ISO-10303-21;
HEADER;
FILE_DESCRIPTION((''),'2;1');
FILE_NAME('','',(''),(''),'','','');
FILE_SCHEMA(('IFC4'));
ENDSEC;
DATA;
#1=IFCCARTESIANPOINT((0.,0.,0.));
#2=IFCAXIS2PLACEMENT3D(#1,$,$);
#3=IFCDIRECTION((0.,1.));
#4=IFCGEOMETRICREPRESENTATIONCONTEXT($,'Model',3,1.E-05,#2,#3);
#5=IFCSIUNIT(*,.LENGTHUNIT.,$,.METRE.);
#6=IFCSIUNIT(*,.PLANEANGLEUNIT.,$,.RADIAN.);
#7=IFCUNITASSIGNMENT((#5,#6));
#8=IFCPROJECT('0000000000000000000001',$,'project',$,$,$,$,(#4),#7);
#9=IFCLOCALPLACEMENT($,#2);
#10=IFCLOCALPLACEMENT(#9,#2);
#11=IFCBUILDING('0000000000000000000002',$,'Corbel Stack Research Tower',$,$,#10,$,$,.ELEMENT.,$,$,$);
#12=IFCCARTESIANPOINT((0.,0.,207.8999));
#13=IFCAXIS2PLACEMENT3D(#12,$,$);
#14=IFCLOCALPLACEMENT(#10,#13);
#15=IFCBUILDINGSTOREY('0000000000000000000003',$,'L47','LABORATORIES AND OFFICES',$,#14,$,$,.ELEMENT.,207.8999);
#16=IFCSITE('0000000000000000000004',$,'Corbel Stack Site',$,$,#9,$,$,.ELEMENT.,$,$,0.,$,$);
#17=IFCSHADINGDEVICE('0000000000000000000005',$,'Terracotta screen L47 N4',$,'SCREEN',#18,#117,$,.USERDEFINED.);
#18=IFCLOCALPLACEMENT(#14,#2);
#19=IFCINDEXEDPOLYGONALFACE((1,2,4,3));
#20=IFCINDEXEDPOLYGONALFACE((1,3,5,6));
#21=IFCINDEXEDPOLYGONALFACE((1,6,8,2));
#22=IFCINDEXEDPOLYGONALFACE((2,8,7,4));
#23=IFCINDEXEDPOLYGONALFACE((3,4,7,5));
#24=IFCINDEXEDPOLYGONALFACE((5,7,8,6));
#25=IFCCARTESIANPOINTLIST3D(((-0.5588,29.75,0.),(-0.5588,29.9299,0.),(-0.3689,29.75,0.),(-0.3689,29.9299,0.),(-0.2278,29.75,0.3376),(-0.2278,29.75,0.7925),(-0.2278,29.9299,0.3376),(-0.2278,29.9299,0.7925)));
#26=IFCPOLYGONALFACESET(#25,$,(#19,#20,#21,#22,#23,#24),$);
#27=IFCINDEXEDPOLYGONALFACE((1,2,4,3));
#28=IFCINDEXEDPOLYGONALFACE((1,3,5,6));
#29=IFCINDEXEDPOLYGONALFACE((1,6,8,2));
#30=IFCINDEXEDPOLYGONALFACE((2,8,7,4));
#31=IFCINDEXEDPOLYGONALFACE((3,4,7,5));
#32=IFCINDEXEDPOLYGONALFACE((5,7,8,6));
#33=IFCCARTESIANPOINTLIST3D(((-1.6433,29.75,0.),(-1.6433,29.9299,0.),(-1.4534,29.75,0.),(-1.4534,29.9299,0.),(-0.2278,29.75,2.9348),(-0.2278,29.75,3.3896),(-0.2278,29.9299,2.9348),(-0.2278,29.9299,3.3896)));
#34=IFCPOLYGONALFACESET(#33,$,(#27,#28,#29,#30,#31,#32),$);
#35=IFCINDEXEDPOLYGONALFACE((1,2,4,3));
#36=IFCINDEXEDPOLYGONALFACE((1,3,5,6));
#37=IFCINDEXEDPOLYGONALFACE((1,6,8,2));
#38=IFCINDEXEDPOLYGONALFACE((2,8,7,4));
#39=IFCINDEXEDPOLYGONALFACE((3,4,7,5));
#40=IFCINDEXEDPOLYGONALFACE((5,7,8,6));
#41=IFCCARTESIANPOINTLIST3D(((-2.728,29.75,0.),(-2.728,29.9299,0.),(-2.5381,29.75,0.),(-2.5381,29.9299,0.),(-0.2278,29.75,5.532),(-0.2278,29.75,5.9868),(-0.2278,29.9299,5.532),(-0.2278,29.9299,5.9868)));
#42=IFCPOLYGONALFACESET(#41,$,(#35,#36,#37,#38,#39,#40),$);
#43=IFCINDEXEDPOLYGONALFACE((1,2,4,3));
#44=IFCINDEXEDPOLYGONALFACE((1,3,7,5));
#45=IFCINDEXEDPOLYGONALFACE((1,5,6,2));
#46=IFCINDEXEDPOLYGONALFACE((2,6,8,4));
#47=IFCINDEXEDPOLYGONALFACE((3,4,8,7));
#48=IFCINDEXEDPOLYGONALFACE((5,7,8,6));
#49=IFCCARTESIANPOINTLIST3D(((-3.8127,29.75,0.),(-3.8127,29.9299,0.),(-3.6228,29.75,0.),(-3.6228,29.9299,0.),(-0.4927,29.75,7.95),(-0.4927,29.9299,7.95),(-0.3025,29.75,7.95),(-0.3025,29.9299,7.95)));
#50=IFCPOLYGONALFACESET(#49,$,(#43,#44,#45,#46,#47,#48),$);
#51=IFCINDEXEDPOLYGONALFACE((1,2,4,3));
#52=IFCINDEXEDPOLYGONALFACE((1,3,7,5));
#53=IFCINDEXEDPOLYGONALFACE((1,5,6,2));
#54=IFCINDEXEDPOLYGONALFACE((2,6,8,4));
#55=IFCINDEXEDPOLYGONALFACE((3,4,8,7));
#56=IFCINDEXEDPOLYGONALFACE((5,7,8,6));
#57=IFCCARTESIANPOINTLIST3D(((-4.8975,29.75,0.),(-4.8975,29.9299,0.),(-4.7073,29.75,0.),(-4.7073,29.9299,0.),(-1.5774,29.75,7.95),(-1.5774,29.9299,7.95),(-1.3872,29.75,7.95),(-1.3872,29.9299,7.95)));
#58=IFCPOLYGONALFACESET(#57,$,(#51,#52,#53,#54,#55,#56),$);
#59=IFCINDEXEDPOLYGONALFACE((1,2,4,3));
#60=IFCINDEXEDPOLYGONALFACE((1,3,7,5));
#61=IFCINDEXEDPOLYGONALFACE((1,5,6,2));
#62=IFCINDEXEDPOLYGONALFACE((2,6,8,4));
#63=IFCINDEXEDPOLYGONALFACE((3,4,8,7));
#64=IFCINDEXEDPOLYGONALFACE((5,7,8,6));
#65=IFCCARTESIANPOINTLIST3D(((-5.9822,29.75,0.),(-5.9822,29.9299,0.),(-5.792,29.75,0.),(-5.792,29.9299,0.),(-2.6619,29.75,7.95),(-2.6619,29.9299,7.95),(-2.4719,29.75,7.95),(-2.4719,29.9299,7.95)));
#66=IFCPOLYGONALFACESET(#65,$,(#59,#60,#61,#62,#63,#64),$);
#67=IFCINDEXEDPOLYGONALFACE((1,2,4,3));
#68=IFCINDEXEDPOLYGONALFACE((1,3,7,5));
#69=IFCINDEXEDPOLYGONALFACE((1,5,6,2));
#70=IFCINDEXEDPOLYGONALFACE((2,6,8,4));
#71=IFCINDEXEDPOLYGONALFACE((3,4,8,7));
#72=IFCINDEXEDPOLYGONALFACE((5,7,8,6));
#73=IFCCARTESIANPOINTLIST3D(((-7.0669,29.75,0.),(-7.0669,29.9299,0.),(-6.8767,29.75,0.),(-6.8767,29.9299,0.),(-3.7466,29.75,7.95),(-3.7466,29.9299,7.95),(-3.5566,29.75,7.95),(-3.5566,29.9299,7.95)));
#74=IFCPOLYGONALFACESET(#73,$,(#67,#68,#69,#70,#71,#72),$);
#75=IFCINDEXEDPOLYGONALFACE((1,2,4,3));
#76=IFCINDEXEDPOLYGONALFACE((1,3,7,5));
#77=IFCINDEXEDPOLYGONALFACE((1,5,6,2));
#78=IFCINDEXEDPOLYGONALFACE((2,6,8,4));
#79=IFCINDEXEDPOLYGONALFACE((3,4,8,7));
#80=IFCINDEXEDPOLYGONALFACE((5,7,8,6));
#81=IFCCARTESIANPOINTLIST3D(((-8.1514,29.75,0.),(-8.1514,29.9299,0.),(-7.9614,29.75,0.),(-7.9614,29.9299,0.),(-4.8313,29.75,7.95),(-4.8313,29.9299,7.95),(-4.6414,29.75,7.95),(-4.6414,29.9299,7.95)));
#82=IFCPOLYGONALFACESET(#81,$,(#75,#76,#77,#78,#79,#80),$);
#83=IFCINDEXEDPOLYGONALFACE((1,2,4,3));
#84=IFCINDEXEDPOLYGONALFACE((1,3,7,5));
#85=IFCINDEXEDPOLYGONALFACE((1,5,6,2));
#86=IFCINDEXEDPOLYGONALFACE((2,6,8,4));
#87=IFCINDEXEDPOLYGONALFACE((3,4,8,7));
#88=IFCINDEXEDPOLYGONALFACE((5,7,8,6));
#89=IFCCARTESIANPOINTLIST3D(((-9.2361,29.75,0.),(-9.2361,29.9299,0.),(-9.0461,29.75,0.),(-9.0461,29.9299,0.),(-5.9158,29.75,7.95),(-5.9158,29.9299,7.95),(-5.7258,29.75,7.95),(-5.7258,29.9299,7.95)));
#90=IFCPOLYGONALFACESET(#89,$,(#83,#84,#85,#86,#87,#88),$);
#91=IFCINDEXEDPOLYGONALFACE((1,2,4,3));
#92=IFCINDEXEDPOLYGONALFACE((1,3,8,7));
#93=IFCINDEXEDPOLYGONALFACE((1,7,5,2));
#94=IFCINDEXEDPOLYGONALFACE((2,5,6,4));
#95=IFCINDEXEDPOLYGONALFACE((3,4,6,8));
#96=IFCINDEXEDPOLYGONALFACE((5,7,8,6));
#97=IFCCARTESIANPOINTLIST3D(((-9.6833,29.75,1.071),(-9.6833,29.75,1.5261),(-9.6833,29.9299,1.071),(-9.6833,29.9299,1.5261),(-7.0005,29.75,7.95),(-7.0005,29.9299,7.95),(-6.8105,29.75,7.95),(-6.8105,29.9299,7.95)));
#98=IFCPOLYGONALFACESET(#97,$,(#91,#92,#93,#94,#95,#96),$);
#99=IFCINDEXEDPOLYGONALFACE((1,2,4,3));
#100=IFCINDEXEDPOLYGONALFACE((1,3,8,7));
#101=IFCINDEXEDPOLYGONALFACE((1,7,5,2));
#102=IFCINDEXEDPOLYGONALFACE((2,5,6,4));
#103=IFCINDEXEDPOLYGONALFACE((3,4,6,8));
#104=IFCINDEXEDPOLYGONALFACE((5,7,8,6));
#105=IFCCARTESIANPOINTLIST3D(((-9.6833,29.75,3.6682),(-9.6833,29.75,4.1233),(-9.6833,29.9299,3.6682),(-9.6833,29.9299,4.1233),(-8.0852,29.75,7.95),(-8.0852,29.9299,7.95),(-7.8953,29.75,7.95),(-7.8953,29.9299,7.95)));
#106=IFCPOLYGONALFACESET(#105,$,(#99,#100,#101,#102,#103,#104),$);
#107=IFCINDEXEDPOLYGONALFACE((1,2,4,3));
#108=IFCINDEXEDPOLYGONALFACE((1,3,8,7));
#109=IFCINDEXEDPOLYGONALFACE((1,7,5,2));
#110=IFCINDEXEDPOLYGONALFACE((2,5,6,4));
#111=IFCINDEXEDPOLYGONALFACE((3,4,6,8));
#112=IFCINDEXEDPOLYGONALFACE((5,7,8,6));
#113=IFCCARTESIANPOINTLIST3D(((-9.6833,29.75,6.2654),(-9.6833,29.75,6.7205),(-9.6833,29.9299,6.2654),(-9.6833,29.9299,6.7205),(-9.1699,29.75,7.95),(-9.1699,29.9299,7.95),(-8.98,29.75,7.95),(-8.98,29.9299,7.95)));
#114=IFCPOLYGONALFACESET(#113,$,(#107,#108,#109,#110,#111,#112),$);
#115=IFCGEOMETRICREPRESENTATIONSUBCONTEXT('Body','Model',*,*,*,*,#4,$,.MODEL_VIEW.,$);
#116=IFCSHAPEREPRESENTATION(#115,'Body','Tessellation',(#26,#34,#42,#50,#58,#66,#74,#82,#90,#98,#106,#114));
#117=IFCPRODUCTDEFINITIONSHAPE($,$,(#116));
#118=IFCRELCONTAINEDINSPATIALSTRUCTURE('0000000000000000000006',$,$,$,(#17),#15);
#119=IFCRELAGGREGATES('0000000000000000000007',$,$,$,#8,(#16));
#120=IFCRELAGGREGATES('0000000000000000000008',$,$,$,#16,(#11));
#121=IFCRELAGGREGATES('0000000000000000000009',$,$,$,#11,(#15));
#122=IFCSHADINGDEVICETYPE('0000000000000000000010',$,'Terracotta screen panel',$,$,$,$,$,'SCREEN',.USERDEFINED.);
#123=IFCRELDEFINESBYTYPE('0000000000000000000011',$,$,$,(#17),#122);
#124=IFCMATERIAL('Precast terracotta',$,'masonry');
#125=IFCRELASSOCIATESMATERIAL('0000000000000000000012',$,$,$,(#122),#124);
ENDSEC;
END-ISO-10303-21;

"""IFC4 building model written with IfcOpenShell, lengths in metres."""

from ifc_helpers import new_model, si_unit, direction, frame, origin, place, context, subcontext, project, spatial, polyline, outline, extrude, source, transform, mapped, material, type_object, element, save


model = new_model("IFC4")

# Units and contexts
model_context = context("Model", 3, precision=1e-05, world=origin(), true_north=direction((0.0, 1.0)))
body_context = subcontext(model_context, "Body", "Model", "MODEL_VIEW")
ifc_project = project(units=[si_unit("LENGTHUNIT", "METRE"), si_unit("PLANEANGLEUNIT", "RADIAN")], contexts=[model_context])

# Site, building, storey
site_placement = place(None, origin())
site = spatial("IfcSite", under=ifc_project, at=site_placement, Name="Corbel Stack Site", CompositionType="ELEMENT", RefElevation=0.0)
building_placement = place(site_placement, origin())
building = spatial("IfcBuilding", under=site, at=building_placement, Name="Corbel Stack Research Tower", CompositionType="ELEMENT")
storey_placement = place(building_placement, frame((0.0, 0.0, 207.8999)))
storey = spatial("IfcBuildingStorey", under=building, at=storey_placement, Name="L47", Description="LABORATORIES AND OFFICES", CompositionType="ELEMENT", Elevation=207.8999)

# Shading device
ifc_material_1 = material(Name="Precast terracotta", Category="masonry")
shading_device_type = type_object("IfcShadingDeviceType", Name="Terracotta screen panel", ElementType="SCREEN", PredefinedType="USERDEFINED", material=ifc_material_1)
shared_shape_1 = source(origin(), body_context, "Body", "SweptSolid", [
    extrude(outline(polyline([(0.3311, 0.0), (0.0, 0.7925), (0.0, 0.3376), (0.1411, 0.0), (0.3311, 0.0)])), frame((0.0, 0.0, 0.0), z_axis=(0.0, -1.0, 0.0), x_axis=(1.0, 0.0, 0.0)), (0.0, 0.0, 1.0), 0.1799),
    extrude(outline(polyline([(1.4155, 0.0), (0.0, 3.3896), (0.0, 2.9348), (1.2256, 0.0), (1.4155, 0.0)])), frame((0.0, 0.0, 0.0), z_axis=(0.0, -1.0, 0.0), x_axis=(1.0, 0.0, 0.0)), (0.0, 0.0, 1.0), 0.1799),
    extrude(outline(polyline([(2.5002, 0.0), (0.0, 5.9868), (0.0, 5.532), (2.3103, 0.0), (2.5002, 0.0)])), frame((0.0, 0.0, 0.0), z_axis=(0.0, -1.0, 0.0), x_axis=(1.0, 0.0, 0.0)), (0.0, 0.0, 1.0), 0.1799),
    extrude(outline(polyline([(3.585, 0.0), (0.2649, 7.95), (0.0747, 7.95), (3.395, 0.0), (3.585, 0.0)])), frame((0.0, 0.0, 0.0), z_axis=(0.0, -1.0, 0.0), x_axis=(1.0, 0.0, 0.0)), (0.0, 0.0, 1.0), 0.1799),
    extrude(outline(polyline([(4.6697, 0.0), (1.3496, 7.95), (1.1594, 7.95), (4.4795, 0.0), (4.6697, 0.0)])), frame((0.0, 0.0, 0.0), z_axis=(0.0, -1.0, 0.0), x_axis=(1.0, 0.0, 0.0)), (0.0, 0.0, 1.0), 0.1799),
    extrude(outline(polyline([(5.7544, 0.0), (2.4341, 7.95), (2.2441, 7.95), (5.5642, 0.0), (5.7544, 0.0)])), frame((0.0, 0.0, 0.0), z_axis=(0.0, -1.0, 0.0), x_axis=(1.0, 0.0, 0.0)), (0.0, 0.0, 1.0), 0.1799),
    extrude(outline(polyline([(6.8391, 0.0), (3.5188, 7.95), (3.3289, 7.95), (6.6489, 0.0), (6.8391, 0.0)])), frame((0.0, 0.0, 0.0), z_axis=(0.0, -1.0, 0.0), x_axis=(1.0, 0.0, 0.0)), (0.0, 0.0, 1.0), 0.1799),
    extrude(outline(polyline([(7.9236, 0.0), (4.6035, 7.95), (4.4136, 7.95), (7.7336, 0.0), (7.9236, 0.0)])), frame((0.0, 0.0, 0.0), z_axis=(0.0, -1.0, 0.0), x_axis=(1.0, 0.0, 0.0)), (0.0, 0.0, 1.0), 0.1799),
    extrude(outline(polyline([(9.0083, 0.0), (5.688, 7.95), (5.498, 7.95), (8.8184, 0.0), (9.0083, 0.0)])), frame((0.0, 0.0, 0.0), z_axis=(0.0, -1.0, 0.0), x_axis=(1.0, 0.0, 0.0)), (0.0, 0.0, 1.0), 0.1799),
    extrude(outline(polyline([(6.7727, 7.95), (6.5828, 7.95), (9.4556, 1.071), (9.4556, 1.5261), (6.7727, 7.95)])), frame((0.0, 0.0, 0.0), z_axis=(0.0, -1.0, 0.0), x_axis=(1.0, 0.0, 0.0)), (0.0, 0.0, 1.0), 0.1799),
    extrude(outline(polyline([(7.8574, 7.95), (7.6675, 7.95), (9.4556, 3.6682), (9.4556, 4.1233), (7.8574, 7.95)])), frame((0.0, 0.0, 0.0), z_axis=(0.0, -1.0, 0.0), x_axis=(1.0, 0.0, 0.0)), (0.0, 0.0, 1.0), 0.1799),
    extrude(outline(polyline([(8.9421, 7.95), (8.7522, 7.95), (9.4556, 6.2654), (9.4556, 6.7205), (8.9421, 7.95)])), frame((0.0, 0.0, 0.0), z_axis=(0.0, -1.0, 0.0), x_axis=(1.0, 0.0, 0.0)), (0.0, 0.0, 1.0), 0.1799),
])
shading_device_1_placement = place(storey_placement, frame((-0.2278, 29.75, 0.0), z_axis=(0.0, 0.0, 1.0), x_axis=(-1.0, 0.0, 0.0)))
element("IfcShadingDevice", 1, at=shading_device_1_placement, inside=storey, type_object=shading_device_type, Name="Terracotta screen L47 N4", ObjectType="SCREEN", PredefinedType="USERDEFINED", context=body_context, shape_type="MappedRepresentation", body=[
    mapped(shared_shape_1, transform((0.0, 0.0, 0.0))),
])

save(model, "model.ifc")
